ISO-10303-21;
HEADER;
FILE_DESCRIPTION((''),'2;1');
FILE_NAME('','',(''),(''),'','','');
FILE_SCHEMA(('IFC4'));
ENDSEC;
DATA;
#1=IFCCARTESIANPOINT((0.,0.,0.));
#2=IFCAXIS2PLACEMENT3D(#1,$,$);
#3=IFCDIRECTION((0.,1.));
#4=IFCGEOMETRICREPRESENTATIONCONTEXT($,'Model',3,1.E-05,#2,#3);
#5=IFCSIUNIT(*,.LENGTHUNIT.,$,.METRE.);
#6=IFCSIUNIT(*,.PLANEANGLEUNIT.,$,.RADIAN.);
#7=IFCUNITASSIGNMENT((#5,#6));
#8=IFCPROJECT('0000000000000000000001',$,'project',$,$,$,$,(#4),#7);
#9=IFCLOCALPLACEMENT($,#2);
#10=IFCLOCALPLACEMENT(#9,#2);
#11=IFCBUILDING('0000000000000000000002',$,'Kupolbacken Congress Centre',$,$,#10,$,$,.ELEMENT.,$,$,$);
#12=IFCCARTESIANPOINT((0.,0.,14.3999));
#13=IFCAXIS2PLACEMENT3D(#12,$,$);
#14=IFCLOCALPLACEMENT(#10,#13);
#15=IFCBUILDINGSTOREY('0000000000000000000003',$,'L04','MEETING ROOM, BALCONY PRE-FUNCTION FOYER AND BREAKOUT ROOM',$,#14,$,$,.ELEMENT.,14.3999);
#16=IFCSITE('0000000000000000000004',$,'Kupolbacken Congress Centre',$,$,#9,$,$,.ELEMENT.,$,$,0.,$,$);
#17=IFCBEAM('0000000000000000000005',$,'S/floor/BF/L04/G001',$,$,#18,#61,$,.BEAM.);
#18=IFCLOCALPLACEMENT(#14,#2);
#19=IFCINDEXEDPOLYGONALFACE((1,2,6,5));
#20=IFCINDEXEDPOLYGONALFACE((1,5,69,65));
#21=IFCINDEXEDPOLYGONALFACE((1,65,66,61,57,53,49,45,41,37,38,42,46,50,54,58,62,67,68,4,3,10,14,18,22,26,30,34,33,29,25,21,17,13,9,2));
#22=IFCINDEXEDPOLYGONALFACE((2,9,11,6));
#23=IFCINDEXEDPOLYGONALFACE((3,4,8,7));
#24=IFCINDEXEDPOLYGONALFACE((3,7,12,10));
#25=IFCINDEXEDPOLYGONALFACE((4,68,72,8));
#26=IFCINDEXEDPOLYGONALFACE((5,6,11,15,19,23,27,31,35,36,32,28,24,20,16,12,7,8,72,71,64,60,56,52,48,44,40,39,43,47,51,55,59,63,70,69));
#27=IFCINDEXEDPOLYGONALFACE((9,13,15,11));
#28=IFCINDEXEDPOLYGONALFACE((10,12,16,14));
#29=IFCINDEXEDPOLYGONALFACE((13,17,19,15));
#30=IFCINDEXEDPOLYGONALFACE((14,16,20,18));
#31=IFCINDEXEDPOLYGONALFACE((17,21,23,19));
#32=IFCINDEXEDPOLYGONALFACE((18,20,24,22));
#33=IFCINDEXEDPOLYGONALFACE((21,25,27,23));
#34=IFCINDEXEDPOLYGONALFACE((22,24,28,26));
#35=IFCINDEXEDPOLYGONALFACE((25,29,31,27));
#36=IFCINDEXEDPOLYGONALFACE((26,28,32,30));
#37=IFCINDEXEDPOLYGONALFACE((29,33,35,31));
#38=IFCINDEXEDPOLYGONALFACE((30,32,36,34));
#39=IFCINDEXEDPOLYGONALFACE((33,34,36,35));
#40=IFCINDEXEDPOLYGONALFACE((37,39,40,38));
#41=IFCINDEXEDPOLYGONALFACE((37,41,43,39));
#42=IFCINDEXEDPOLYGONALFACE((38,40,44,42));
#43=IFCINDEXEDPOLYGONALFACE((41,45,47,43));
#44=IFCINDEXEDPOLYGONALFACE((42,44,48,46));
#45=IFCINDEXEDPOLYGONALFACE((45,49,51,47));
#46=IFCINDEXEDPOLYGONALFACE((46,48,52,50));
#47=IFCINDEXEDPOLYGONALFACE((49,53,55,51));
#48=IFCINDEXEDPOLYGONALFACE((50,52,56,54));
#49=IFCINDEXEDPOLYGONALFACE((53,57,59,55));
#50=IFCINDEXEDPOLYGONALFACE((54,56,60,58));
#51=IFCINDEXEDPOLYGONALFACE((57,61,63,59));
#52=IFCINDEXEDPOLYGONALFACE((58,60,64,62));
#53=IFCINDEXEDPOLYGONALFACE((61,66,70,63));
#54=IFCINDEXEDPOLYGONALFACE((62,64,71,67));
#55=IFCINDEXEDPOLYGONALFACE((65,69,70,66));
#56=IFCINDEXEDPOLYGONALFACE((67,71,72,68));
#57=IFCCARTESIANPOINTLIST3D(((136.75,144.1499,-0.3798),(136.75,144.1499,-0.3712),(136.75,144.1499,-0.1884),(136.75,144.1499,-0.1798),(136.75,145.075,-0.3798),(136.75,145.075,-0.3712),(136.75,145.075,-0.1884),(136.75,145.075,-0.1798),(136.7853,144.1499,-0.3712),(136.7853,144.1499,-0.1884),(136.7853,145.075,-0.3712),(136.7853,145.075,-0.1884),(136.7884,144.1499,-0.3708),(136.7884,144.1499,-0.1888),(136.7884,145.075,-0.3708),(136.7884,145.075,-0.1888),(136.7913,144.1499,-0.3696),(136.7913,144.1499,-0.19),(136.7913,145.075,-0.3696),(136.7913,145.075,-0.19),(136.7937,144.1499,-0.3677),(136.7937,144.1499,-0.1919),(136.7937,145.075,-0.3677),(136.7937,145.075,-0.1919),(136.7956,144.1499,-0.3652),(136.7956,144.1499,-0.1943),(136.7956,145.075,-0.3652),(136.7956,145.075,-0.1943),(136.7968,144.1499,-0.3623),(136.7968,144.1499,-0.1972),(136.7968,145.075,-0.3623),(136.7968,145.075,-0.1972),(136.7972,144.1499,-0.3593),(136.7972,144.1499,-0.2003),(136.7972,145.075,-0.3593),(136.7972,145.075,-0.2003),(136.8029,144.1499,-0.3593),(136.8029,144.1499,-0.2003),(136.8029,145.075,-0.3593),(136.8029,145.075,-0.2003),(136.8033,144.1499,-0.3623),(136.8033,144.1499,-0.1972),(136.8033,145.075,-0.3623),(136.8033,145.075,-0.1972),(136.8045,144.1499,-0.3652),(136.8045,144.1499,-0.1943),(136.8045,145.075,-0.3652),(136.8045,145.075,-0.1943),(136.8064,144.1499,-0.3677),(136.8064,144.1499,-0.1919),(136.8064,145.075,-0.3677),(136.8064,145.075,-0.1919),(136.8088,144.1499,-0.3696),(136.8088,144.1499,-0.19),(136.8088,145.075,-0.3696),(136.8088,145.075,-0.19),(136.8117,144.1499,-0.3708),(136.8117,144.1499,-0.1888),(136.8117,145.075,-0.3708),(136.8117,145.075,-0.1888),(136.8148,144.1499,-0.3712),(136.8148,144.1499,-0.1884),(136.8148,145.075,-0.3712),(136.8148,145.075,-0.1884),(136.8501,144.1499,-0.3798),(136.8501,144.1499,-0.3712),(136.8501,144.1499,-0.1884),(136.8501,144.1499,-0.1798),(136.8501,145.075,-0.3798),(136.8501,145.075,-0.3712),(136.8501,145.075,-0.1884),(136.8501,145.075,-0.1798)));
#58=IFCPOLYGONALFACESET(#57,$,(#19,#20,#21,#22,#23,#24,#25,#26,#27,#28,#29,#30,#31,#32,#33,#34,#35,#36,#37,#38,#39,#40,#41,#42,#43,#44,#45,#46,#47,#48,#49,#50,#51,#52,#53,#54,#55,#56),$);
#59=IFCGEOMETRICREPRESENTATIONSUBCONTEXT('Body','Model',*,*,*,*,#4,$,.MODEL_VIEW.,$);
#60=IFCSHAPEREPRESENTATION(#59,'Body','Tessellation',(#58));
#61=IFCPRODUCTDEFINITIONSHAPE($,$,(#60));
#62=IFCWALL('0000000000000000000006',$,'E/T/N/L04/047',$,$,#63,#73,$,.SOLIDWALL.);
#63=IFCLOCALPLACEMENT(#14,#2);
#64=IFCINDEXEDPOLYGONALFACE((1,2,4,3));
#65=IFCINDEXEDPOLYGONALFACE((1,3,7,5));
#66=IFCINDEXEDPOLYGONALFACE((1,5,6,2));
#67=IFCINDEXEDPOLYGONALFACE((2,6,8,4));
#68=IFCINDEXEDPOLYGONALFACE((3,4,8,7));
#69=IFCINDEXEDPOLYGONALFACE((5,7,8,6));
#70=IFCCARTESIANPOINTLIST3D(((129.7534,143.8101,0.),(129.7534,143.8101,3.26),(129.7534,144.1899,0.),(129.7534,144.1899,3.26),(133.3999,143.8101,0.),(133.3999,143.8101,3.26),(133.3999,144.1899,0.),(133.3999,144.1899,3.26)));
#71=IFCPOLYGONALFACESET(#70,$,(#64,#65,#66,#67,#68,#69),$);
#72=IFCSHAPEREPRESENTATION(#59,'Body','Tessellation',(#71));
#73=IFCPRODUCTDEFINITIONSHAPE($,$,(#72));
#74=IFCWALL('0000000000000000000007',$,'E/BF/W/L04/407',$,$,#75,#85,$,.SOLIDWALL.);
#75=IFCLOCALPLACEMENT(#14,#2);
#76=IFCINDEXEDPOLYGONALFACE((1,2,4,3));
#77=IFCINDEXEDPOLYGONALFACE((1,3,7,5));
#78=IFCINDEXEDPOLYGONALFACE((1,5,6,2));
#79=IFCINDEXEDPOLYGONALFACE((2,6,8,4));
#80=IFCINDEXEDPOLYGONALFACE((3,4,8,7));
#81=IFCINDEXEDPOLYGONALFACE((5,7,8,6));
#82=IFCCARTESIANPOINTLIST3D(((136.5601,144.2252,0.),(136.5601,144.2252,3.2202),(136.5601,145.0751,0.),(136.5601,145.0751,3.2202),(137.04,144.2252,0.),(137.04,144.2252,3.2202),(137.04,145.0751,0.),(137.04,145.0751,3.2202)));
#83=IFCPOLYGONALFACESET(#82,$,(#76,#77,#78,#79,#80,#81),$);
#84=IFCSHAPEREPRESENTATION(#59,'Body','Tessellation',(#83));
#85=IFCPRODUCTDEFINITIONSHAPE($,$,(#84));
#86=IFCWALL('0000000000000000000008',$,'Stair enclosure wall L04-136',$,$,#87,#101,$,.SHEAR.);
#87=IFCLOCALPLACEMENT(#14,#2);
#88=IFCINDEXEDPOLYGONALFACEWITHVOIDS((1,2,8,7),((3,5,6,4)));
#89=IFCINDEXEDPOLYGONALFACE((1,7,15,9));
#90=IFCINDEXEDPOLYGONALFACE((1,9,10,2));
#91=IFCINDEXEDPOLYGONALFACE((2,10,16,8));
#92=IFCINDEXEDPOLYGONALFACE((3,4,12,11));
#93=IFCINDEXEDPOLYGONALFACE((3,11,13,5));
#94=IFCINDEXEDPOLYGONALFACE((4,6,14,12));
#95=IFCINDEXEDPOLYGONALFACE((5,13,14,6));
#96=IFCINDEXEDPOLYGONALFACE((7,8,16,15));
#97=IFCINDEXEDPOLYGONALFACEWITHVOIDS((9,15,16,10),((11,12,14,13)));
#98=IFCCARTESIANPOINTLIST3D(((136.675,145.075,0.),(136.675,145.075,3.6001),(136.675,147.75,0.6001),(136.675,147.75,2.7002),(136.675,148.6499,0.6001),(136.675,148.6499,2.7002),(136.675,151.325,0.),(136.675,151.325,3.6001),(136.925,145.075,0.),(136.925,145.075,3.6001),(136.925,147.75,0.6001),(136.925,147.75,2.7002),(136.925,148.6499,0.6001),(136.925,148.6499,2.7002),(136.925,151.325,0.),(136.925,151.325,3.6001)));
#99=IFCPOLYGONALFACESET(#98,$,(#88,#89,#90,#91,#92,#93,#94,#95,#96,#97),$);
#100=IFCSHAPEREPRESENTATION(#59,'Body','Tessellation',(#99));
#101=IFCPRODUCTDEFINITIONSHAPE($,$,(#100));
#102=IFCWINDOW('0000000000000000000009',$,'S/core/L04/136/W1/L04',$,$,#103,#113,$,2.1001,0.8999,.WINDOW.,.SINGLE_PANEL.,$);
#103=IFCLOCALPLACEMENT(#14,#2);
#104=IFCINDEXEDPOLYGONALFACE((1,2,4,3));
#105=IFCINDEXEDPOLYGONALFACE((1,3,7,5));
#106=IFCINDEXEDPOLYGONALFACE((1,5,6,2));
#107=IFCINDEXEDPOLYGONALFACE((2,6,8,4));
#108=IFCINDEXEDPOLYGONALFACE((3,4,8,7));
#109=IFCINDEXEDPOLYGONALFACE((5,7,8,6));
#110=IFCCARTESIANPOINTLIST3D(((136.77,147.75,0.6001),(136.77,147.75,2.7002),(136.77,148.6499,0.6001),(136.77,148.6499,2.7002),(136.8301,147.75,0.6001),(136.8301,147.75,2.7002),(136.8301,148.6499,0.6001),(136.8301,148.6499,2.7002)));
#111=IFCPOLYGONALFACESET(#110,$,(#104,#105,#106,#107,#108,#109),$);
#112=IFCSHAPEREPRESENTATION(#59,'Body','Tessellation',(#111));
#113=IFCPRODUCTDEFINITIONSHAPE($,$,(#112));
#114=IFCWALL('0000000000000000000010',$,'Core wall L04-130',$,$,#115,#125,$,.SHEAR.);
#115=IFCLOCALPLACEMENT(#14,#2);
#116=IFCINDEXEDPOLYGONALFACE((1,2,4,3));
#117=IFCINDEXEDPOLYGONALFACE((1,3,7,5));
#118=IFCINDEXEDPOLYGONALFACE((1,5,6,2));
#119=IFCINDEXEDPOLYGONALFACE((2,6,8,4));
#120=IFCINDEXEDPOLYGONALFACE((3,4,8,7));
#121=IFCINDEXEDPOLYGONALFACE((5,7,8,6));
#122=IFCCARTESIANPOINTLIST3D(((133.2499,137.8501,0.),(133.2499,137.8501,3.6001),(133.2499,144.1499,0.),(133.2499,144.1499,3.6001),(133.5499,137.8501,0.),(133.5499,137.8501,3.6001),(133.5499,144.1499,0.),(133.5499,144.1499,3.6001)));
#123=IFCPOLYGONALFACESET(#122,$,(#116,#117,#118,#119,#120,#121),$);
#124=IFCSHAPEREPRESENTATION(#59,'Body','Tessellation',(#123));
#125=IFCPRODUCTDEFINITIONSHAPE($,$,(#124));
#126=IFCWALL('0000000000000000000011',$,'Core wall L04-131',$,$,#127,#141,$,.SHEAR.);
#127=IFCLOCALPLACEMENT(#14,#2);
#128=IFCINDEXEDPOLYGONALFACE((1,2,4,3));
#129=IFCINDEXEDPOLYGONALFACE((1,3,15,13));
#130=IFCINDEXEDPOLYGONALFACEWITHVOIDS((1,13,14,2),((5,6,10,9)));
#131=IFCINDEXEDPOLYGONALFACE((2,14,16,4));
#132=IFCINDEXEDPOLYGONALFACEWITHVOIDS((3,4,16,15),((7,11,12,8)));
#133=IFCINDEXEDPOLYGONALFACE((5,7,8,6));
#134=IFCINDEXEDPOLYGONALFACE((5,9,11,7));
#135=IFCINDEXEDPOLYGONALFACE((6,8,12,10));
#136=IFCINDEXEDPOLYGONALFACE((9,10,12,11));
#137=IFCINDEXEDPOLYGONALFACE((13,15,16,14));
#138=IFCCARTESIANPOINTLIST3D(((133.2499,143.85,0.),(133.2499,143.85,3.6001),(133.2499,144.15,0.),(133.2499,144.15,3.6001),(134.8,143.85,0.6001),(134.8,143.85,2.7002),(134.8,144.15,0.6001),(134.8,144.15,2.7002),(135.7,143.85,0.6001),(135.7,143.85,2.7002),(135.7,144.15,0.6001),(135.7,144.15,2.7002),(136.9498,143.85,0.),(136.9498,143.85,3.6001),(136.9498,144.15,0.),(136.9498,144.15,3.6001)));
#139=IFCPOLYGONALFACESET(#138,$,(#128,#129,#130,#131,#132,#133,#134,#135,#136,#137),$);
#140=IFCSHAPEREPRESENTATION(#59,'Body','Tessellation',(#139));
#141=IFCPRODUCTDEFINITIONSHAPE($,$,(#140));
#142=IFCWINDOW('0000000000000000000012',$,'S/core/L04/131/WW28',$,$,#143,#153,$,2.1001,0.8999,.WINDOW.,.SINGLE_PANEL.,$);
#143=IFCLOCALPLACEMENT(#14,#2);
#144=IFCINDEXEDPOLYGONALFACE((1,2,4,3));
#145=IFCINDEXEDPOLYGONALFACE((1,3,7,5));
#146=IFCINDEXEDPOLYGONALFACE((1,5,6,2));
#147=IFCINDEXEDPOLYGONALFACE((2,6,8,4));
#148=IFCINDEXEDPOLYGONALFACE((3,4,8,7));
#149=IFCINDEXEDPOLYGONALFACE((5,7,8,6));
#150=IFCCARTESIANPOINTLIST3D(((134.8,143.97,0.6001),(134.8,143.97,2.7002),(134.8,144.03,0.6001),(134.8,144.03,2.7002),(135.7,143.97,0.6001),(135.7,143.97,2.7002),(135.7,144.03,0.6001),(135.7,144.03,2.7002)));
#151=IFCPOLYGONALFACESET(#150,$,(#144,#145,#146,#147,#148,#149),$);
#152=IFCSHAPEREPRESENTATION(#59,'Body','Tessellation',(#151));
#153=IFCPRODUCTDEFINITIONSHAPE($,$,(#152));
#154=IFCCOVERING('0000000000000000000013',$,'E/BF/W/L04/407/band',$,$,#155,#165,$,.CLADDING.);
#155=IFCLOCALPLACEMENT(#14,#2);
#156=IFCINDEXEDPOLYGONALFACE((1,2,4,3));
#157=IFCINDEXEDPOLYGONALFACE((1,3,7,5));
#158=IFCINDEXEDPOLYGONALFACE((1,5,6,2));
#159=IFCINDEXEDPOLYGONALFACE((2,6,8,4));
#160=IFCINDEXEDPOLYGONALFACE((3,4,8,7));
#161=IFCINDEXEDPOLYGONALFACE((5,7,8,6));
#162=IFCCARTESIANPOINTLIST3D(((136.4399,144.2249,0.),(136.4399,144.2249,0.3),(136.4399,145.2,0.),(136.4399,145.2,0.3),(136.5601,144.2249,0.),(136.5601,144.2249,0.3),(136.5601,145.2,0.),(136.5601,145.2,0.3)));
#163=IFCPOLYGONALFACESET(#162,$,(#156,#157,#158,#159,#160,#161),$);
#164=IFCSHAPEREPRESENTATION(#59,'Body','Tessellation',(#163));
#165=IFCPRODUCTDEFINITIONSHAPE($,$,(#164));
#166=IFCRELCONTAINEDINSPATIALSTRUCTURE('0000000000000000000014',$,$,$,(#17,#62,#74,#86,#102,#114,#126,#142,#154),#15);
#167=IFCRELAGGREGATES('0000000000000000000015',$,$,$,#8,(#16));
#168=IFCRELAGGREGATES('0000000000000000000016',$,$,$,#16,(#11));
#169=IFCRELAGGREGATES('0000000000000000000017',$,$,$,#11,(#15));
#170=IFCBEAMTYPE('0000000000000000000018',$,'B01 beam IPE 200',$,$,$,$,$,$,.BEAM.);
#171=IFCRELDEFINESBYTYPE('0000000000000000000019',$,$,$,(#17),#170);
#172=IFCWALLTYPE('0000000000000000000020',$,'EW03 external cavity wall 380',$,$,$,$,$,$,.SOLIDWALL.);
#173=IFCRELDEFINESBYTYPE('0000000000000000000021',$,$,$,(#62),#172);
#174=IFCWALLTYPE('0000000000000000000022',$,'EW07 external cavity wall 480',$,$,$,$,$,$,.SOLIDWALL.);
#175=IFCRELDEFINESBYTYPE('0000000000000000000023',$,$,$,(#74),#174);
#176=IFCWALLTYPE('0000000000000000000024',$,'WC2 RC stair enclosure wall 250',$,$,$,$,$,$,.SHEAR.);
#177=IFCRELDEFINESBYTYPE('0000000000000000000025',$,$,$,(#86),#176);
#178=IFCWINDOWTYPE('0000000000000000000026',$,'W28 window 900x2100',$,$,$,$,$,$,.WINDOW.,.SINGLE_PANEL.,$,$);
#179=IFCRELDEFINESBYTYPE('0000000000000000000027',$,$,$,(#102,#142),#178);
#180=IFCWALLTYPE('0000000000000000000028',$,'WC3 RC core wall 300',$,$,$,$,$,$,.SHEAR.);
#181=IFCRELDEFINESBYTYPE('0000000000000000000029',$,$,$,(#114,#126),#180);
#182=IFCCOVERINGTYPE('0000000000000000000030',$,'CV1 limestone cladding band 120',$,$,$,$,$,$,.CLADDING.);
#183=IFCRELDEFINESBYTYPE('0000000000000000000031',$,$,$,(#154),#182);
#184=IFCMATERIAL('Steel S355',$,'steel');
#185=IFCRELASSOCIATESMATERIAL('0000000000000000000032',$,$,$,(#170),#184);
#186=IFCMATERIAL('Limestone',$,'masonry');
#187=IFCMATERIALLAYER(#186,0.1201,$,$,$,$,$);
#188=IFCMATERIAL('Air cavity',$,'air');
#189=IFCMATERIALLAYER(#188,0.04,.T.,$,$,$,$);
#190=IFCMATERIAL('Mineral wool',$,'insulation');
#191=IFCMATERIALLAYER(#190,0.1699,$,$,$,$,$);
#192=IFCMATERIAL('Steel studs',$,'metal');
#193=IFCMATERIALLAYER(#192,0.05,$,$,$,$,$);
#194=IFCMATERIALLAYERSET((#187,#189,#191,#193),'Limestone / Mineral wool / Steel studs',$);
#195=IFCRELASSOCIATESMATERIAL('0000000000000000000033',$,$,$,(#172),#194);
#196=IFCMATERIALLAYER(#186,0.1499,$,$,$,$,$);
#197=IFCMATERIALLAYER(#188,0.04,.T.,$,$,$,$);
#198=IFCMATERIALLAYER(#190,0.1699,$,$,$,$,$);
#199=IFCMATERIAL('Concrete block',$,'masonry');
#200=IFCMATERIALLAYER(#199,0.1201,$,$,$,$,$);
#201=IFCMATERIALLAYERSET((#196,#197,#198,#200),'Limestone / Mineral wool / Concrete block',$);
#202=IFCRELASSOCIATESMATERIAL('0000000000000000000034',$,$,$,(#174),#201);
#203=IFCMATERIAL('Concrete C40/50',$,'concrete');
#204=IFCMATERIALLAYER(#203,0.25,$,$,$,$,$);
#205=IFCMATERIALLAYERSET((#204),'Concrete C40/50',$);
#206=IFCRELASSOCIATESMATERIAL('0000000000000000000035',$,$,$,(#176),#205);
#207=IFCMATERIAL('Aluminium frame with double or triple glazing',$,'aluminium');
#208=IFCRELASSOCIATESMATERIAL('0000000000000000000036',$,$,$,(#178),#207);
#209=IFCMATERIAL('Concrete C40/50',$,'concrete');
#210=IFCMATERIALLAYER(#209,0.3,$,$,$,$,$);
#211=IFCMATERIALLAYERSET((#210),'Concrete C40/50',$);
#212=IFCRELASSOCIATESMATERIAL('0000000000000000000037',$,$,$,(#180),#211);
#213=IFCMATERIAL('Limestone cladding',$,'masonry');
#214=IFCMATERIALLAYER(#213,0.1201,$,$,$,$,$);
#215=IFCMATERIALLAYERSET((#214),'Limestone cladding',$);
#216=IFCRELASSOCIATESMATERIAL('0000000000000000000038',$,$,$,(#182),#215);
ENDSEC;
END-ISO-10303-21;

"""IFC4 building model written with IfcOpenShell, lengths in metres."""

from ifc_helpers import new_model, si_unit, direction, frame, frame_2d, origin, origin_2d, place, context, subcontext, project, spatial, rectangle, i_section, extrude, material, layer, layer_set, material_profile, profile_set, type_object, element, fill, save


model = new_model("IFC4")

# Units and contexts
model_context = context("Model", 3, precision=1e-05, world=origin(), true_north=direction((0.0, 1.0)))
body_context = subcontext(model_context, "Body", "Model", "MODEL_VIEW")
ifc_project = project(units=[si_unit("LENGTHUNIT", "METRE"), si_unit("PLANEANGLEUNIT", "RADIAN")], contexts=[model_context])

# Site, building, storey
site_placement = place(None, origin())
site = spatial("IfcSite", under=ifc_project, at=site_placement, Name="Kupolbacken Congress Centre", CompositionType="ELEMENT", RefElevation=0.0)
building_placement = place(site_placement, origin())
building = spatial("IfcBuilding", under=site, at=building_placement, Name="Kupolbacken Congress Centre", CompositionType="ELEMENT")
storey_placement = place(building_placement, frame((0.0, 0.0, 14.3999)))
storey = spatial("IfcBuildingStorey", under=building, at=storey_placement, Name="L04", Description="MEETING ROOM, BALCONY PRE-FUNCTION FOYER AND BREAKOUT ROOM", CompositionType="ELEMENT", Elevation=14.3999)

# Beam
ifc_material_1 = material(Name="Steel S355", Category="steel")
ifc_material_profile_1 = material_profile(ifc_material_1, i_section(OverallWidth=0.1001, OverallDepth=0.2, WebThickness=0.0056, FlangeThickness=0.0085, FilletRadius=0.012, at=origin_2d()), Name="IPE 200")
ifc_profile_set_1 = profile_set([ifc_material_profile_1], Name="Steel S355")
beam_type = type_object("IfcBeamType", Name="B01 beam IPE 200", PredefinedType="BEAM", material=ifc_profile_set_1)
beam_1_placement = place(storey_placement, frame((136.8, 144.1499, -0.2798), z_axis=(0.0, 1.0, 0.0), x_axis=(-1.0, 0.0, 0.0)))
element("IfcBeam", 1, at=beam_1_placement, inside=storey, type_object=beam_type, Name="S/floor/BF/L04/G001", PredefinedType="BEAM", context=body_context, shape_type="SweptSolid", body=[
    extrude(i_section(OverallWidth=0.1001, OverallDepth=0.2, WebThickness=0.0056, FlangeThickness=0.0085, FilletRadius=0.012, at=origin_2d()), origin(), (0.0, 0.0, 1.0), 0.925),
])

# Walls
ifc_material_2 = material(Name="Limestone", Category="masonry")
ifc_layer_1 = layer(ifc_material_2, 0.1201)
ifc_material_3 = material(Name="Air cavity", Category="air")
ifc_layer_2 = layer(ifc_material_3, 0.04, ventilated=True)
ifc_material_4 = material(Name="Mineral wool", Category="insulation")
ifc_layer_3 = layer(ifc_material_4, 0.1699)
ifc_material_5 = material(Name="Steel studs", Category="metal")
ifc_layer_4 = layer(ifc_material_5, 0.05)
ifc_layer_set_1 = layer_set([ifc_layer_1, ifc_layer_2, ifc_layer_3, ifc_layer_4], Name="Limestone / Mineral wool / Steel studs")
wall_type_1 = type_object("IfcWallType", Name="EW03 external cavity wall 380", PredefinedType="SOLIDWALL", material=ifc_layer_set_1)
wall_1_placement = place(storey_placement, frame((133.3999, 144.0, 0.0), z_axis=(0.0, 0.0, 1.0), x_axis=(-1.0, 0.0, 0.0)))
element("IfcWall", 2, at=wall_1_placement, inside=storey, type_object=wall_type_1, Name="E/T/N/L04/047", PredefinedType="SOLIDWALL", context=body_context, shape_type="SweptSolid", body=[
    extrude(rectangle(XDim=3.6465, YDim=0.3799, at=frame_2d((1.8232, 0.0))), origin(), (0.0, 0.0, 1.0), 3.26),
])
ifc_layer_5 = layer(ifc_material_2, 0.1499)
ifc_layer_6 = layer(ifc_material_3, 0.04, ventilated=True)
ifc_layer_7 = layer(ifc_material_4, 0.1699)
ifc_material_6 = material(Name="Concrete block", Category="masonry")
ifc_layer_8 = layer(ifc_material_6, 0.1201)
ifc_layer_set_2 = layer_set([ifc_layer_5, ifc_layer_6, ifc_layer_7, ifc_layer_8], Name="Limestone / Mineral wool / Concrete block")
wall_type_2 = type_object("IfcWallType", Name="EW07 external cavity wall 480", PredefinedType="SOLIDWALL", material=ifc_layer_set_2)
wall_2_placement = place(storey_placement, frame((136.8, 145.075, 0.0), z_axis=(0.0, 0.0, 1.0), x_axis=(0.0, -1.0, 0.0)))
element("IfcWall", 3, at=wall_2_placement, inside=storey, type_object=wall_type_2, Name="E/BF/W/L04/407", PredefinedType="SOLIDWALL", context=body_context, shape_type="SweptSolid", body=[
    extrude(rectangle(XDim=0.8499, YDim=0.48, at=frame_2d((0.4248, 0.0))), origin(), (0.0, 0.0, 1.0), 3.2202),
])

# Shared definitions
ifc_material_7 = material(Name="Concrete C40/50", Category="concrete")
ifc_layer_9 = layer(ifc_material_7, 0.25)
ifc_layer_set_3 = layer_set([ifc_layer_9], Name="Concrete C40/50")
wall_type_3 = type_object("IfcWallType", Name="WC2 RC stair enclosure wall 250", PredefinedType="SHEAR", material=ifc_layer_set_3)

# Wall, opening, window
wall_3_placement = place(storey_placement, frame((136.8, 151.325, 0.0), z_axis=(0.0, 0.0, 1.0), x_axis=(0.0, -1.0, 0.0)))
wall_3 = element("IfcWall", 4, at=wall_3_placement, inside=storey, type_object=wall_type_3, Name="Stair enclosure wall L04-136", PredefinedType="SHEAR", context=body_context, shape_type="SweptSolid", body=[
    extrude(rectangle(XDim=6.25, YDim=0.25, at=frame_2d((3.125, 0.0))), origin(), (0.0, 0.0, 1.0), 3.6001),
])
opening_1_placement = place(wall_3_placement, frame((2.675, 0.0, 0.6001)))
opening_1 = element("IfcOpeningElement", 5, at=opening_1_placement, cuts=wall_3, PredefinedType="OPENING", context=body_context, shape_type="SweptSolid", body=[
    extrude(rectangle(XDim=0.8999, YDim=2.1001, at=frame_2d((0.45, 1.05))), frame((0.0, 0.135, 0.0), z_axis=(0.0, -1.0, 0.0), x_axis=(1.0, 0.0, 0.0)), (0.0, 0.0, 1.0), 0.27),
])
ifc_material_8 = material(Name="Aluminium frame with double or triple glazing", Category="aluminium")
window_type = type_object("IfcWindowType", Name="W28 window 900x2100", PartitioningType="SINGLE_PANEL", PredefinedType="WINDOW", material=ifc_material_8)
window_1_placement = place(opening_1_placement, origin())
window_1 = element("IfcWindow", 6, at=window_1_placement, inside=storey, type_object=window_type, Name="S/core/L04/136/W1/L04", OverallHeight=2.1001, OverallWidth=0.8999, PartitioningType="SINGLE_PANEL", PredefinedType="WINDOW", context=body_context, shape_type="SweptSolid", body=[
    extrude(rectangle(XDim=0.8999, YDim=2.1001, at=frame_2d((0.45, 1.05))), frame((0.0, 0.03, 0.0), z_axis=(0.0, -1.0, 0.0), x_axis=(1.0, 0.0, 0.0)), (0.0, 0.0, 1.0), 0.0601),
])
fill(opening_1, window_1)

# Wall
ifc_material_9 = material(Name="Concrete C40/50", Category="concrete")
ifc_layer_10 = layer(ifc_material_9, 0.3)
ifc_layer_set_4 = layer_set([ifc_layer_10], Name="Concrete C40/50")
wall_type_4 = type_object("IfcWallType", Name="WC3 RC core wall 300", PredefinedType="SHEAR", material=ifc_layer_set_4)
wall_4_placement = place(storey_placement, frame((133.3999, 144.1499, 0.0), z_axis=(0.0, 0.0, 1.0), x_axis=(0.0, -1.0, 0.0)))
element("IfcWall", 7, at=wall_4_placement, inside=storey, type_object=wall_type_4, Name="Core wall L04-130", PredefinedType="SHEAR", context=body_context, shape_type="SweptSolid", body=[
    extrude(rectangle(XDim=6.2998, YDim=0.3, at=frame_2d((3.1499, 0.0))), origin(), (0.0, 0.0, 1.0), 3.6001),
])

# Wall, opening, window
wall_5_placement = place(storey_placement, frame((136.95, 144.0, 0.0), z_axis=(0.0, 0.0, 1.0), x_axis=(-1.0, 0.0, 0.0)))
wall_5 = element("IfcWall", 8, at=wall_5_placement, inside=storey, type_object=wall_type_4, Name="Core wall L04-131", PredefinedType="SHEAR", context=body_context, shape_type="SweptSolid", body=[
    extrude(rectangle(XDim=3.7, YDim=0.3, at=frame_2d((1.8501, 0.0))), origin(), (0.0, 0.0, 1.0), 3.6001),
])
opening_2_placement = place(wall_5_placement, frame((1.25, 0.0, 0.6001)))
opening_2 = element("IfcOpeningElement", 9, at=opening_2_placement, cuts=wall_5, PredefinedType="OPENING", context=body_context, shape_type="SweptSolid", body=[
    extrude(rectangle(XDim=0.8999, YDim=2.1001, at=frame_2d((0.45, 1.05))), frame((0.0, 0.1599, 0.0), z_axis=(0.0, -1.0, 0.0), x_axis=(1.0, 0.0, 0.0)), (0.0, 0.0, 1.0), 0.3201),
])
window_2_placement = place(opening_2_placement, origin())
window_2 = element("IfcWindow", 10, at=window_2_placement, inside=storey, type_object=window_type, Name="S/core/L04/131/WW28", OverallHeight=2.1001, OverallWidth=0.8999, PartitioningType="SINGLE_PANEL", PredefinedType="WINDOW", context=body_context, shape_type="SweptSolid", body=[
    extrude(rectangle(XDim=0.8999, YDim=2.1001, at=frame_2d((0.45, 1.05))), frame((0.0, 0.03, 0.0), z_axis=(0.0, -1.0, 0.0), x_axis=(1.0, 0.0, 0.0)), (0.0, 0.0, 1.0), 0.0601),
])
fill(opening_2, window_2)

# Covering
ifc_material_10 = material(Name="Limestone cladding", Category="masonry")
ifc_layer_11 = layer(ifc_material_10, 0.1201)
ifc_layer_set_5 = layer_set([ifc_layer_11], Name="Limestone cladding")
covering_type = type_object("IfcCoveringType", Name="CV1 limestone cladding band 120", PredefinedType="CLADDING", material=ifc_layer_set_5)
covering_1_placement = place(storey_placement, frame((136.5, 144.7124, 0.0), z_axis=(0.0, 0.0, 1.0), x_axis=(0.0, -1.0, 0.0)))
element("IfcCovering", 11, at=covering_1_placement, inside=storey, type_object=covering_type, Name="E/BF/W/L04/407/band", PredefinedType="CLADDING", context=body_context, shape_type="SweptSolid", body=[
    extrude(rectangle(XDim=0.9751, YDim=0.1201, at=origin_2d()), origin(), (0.0, 0.0, 1.0), 0.3),
])

save(model, "model.ifc")
